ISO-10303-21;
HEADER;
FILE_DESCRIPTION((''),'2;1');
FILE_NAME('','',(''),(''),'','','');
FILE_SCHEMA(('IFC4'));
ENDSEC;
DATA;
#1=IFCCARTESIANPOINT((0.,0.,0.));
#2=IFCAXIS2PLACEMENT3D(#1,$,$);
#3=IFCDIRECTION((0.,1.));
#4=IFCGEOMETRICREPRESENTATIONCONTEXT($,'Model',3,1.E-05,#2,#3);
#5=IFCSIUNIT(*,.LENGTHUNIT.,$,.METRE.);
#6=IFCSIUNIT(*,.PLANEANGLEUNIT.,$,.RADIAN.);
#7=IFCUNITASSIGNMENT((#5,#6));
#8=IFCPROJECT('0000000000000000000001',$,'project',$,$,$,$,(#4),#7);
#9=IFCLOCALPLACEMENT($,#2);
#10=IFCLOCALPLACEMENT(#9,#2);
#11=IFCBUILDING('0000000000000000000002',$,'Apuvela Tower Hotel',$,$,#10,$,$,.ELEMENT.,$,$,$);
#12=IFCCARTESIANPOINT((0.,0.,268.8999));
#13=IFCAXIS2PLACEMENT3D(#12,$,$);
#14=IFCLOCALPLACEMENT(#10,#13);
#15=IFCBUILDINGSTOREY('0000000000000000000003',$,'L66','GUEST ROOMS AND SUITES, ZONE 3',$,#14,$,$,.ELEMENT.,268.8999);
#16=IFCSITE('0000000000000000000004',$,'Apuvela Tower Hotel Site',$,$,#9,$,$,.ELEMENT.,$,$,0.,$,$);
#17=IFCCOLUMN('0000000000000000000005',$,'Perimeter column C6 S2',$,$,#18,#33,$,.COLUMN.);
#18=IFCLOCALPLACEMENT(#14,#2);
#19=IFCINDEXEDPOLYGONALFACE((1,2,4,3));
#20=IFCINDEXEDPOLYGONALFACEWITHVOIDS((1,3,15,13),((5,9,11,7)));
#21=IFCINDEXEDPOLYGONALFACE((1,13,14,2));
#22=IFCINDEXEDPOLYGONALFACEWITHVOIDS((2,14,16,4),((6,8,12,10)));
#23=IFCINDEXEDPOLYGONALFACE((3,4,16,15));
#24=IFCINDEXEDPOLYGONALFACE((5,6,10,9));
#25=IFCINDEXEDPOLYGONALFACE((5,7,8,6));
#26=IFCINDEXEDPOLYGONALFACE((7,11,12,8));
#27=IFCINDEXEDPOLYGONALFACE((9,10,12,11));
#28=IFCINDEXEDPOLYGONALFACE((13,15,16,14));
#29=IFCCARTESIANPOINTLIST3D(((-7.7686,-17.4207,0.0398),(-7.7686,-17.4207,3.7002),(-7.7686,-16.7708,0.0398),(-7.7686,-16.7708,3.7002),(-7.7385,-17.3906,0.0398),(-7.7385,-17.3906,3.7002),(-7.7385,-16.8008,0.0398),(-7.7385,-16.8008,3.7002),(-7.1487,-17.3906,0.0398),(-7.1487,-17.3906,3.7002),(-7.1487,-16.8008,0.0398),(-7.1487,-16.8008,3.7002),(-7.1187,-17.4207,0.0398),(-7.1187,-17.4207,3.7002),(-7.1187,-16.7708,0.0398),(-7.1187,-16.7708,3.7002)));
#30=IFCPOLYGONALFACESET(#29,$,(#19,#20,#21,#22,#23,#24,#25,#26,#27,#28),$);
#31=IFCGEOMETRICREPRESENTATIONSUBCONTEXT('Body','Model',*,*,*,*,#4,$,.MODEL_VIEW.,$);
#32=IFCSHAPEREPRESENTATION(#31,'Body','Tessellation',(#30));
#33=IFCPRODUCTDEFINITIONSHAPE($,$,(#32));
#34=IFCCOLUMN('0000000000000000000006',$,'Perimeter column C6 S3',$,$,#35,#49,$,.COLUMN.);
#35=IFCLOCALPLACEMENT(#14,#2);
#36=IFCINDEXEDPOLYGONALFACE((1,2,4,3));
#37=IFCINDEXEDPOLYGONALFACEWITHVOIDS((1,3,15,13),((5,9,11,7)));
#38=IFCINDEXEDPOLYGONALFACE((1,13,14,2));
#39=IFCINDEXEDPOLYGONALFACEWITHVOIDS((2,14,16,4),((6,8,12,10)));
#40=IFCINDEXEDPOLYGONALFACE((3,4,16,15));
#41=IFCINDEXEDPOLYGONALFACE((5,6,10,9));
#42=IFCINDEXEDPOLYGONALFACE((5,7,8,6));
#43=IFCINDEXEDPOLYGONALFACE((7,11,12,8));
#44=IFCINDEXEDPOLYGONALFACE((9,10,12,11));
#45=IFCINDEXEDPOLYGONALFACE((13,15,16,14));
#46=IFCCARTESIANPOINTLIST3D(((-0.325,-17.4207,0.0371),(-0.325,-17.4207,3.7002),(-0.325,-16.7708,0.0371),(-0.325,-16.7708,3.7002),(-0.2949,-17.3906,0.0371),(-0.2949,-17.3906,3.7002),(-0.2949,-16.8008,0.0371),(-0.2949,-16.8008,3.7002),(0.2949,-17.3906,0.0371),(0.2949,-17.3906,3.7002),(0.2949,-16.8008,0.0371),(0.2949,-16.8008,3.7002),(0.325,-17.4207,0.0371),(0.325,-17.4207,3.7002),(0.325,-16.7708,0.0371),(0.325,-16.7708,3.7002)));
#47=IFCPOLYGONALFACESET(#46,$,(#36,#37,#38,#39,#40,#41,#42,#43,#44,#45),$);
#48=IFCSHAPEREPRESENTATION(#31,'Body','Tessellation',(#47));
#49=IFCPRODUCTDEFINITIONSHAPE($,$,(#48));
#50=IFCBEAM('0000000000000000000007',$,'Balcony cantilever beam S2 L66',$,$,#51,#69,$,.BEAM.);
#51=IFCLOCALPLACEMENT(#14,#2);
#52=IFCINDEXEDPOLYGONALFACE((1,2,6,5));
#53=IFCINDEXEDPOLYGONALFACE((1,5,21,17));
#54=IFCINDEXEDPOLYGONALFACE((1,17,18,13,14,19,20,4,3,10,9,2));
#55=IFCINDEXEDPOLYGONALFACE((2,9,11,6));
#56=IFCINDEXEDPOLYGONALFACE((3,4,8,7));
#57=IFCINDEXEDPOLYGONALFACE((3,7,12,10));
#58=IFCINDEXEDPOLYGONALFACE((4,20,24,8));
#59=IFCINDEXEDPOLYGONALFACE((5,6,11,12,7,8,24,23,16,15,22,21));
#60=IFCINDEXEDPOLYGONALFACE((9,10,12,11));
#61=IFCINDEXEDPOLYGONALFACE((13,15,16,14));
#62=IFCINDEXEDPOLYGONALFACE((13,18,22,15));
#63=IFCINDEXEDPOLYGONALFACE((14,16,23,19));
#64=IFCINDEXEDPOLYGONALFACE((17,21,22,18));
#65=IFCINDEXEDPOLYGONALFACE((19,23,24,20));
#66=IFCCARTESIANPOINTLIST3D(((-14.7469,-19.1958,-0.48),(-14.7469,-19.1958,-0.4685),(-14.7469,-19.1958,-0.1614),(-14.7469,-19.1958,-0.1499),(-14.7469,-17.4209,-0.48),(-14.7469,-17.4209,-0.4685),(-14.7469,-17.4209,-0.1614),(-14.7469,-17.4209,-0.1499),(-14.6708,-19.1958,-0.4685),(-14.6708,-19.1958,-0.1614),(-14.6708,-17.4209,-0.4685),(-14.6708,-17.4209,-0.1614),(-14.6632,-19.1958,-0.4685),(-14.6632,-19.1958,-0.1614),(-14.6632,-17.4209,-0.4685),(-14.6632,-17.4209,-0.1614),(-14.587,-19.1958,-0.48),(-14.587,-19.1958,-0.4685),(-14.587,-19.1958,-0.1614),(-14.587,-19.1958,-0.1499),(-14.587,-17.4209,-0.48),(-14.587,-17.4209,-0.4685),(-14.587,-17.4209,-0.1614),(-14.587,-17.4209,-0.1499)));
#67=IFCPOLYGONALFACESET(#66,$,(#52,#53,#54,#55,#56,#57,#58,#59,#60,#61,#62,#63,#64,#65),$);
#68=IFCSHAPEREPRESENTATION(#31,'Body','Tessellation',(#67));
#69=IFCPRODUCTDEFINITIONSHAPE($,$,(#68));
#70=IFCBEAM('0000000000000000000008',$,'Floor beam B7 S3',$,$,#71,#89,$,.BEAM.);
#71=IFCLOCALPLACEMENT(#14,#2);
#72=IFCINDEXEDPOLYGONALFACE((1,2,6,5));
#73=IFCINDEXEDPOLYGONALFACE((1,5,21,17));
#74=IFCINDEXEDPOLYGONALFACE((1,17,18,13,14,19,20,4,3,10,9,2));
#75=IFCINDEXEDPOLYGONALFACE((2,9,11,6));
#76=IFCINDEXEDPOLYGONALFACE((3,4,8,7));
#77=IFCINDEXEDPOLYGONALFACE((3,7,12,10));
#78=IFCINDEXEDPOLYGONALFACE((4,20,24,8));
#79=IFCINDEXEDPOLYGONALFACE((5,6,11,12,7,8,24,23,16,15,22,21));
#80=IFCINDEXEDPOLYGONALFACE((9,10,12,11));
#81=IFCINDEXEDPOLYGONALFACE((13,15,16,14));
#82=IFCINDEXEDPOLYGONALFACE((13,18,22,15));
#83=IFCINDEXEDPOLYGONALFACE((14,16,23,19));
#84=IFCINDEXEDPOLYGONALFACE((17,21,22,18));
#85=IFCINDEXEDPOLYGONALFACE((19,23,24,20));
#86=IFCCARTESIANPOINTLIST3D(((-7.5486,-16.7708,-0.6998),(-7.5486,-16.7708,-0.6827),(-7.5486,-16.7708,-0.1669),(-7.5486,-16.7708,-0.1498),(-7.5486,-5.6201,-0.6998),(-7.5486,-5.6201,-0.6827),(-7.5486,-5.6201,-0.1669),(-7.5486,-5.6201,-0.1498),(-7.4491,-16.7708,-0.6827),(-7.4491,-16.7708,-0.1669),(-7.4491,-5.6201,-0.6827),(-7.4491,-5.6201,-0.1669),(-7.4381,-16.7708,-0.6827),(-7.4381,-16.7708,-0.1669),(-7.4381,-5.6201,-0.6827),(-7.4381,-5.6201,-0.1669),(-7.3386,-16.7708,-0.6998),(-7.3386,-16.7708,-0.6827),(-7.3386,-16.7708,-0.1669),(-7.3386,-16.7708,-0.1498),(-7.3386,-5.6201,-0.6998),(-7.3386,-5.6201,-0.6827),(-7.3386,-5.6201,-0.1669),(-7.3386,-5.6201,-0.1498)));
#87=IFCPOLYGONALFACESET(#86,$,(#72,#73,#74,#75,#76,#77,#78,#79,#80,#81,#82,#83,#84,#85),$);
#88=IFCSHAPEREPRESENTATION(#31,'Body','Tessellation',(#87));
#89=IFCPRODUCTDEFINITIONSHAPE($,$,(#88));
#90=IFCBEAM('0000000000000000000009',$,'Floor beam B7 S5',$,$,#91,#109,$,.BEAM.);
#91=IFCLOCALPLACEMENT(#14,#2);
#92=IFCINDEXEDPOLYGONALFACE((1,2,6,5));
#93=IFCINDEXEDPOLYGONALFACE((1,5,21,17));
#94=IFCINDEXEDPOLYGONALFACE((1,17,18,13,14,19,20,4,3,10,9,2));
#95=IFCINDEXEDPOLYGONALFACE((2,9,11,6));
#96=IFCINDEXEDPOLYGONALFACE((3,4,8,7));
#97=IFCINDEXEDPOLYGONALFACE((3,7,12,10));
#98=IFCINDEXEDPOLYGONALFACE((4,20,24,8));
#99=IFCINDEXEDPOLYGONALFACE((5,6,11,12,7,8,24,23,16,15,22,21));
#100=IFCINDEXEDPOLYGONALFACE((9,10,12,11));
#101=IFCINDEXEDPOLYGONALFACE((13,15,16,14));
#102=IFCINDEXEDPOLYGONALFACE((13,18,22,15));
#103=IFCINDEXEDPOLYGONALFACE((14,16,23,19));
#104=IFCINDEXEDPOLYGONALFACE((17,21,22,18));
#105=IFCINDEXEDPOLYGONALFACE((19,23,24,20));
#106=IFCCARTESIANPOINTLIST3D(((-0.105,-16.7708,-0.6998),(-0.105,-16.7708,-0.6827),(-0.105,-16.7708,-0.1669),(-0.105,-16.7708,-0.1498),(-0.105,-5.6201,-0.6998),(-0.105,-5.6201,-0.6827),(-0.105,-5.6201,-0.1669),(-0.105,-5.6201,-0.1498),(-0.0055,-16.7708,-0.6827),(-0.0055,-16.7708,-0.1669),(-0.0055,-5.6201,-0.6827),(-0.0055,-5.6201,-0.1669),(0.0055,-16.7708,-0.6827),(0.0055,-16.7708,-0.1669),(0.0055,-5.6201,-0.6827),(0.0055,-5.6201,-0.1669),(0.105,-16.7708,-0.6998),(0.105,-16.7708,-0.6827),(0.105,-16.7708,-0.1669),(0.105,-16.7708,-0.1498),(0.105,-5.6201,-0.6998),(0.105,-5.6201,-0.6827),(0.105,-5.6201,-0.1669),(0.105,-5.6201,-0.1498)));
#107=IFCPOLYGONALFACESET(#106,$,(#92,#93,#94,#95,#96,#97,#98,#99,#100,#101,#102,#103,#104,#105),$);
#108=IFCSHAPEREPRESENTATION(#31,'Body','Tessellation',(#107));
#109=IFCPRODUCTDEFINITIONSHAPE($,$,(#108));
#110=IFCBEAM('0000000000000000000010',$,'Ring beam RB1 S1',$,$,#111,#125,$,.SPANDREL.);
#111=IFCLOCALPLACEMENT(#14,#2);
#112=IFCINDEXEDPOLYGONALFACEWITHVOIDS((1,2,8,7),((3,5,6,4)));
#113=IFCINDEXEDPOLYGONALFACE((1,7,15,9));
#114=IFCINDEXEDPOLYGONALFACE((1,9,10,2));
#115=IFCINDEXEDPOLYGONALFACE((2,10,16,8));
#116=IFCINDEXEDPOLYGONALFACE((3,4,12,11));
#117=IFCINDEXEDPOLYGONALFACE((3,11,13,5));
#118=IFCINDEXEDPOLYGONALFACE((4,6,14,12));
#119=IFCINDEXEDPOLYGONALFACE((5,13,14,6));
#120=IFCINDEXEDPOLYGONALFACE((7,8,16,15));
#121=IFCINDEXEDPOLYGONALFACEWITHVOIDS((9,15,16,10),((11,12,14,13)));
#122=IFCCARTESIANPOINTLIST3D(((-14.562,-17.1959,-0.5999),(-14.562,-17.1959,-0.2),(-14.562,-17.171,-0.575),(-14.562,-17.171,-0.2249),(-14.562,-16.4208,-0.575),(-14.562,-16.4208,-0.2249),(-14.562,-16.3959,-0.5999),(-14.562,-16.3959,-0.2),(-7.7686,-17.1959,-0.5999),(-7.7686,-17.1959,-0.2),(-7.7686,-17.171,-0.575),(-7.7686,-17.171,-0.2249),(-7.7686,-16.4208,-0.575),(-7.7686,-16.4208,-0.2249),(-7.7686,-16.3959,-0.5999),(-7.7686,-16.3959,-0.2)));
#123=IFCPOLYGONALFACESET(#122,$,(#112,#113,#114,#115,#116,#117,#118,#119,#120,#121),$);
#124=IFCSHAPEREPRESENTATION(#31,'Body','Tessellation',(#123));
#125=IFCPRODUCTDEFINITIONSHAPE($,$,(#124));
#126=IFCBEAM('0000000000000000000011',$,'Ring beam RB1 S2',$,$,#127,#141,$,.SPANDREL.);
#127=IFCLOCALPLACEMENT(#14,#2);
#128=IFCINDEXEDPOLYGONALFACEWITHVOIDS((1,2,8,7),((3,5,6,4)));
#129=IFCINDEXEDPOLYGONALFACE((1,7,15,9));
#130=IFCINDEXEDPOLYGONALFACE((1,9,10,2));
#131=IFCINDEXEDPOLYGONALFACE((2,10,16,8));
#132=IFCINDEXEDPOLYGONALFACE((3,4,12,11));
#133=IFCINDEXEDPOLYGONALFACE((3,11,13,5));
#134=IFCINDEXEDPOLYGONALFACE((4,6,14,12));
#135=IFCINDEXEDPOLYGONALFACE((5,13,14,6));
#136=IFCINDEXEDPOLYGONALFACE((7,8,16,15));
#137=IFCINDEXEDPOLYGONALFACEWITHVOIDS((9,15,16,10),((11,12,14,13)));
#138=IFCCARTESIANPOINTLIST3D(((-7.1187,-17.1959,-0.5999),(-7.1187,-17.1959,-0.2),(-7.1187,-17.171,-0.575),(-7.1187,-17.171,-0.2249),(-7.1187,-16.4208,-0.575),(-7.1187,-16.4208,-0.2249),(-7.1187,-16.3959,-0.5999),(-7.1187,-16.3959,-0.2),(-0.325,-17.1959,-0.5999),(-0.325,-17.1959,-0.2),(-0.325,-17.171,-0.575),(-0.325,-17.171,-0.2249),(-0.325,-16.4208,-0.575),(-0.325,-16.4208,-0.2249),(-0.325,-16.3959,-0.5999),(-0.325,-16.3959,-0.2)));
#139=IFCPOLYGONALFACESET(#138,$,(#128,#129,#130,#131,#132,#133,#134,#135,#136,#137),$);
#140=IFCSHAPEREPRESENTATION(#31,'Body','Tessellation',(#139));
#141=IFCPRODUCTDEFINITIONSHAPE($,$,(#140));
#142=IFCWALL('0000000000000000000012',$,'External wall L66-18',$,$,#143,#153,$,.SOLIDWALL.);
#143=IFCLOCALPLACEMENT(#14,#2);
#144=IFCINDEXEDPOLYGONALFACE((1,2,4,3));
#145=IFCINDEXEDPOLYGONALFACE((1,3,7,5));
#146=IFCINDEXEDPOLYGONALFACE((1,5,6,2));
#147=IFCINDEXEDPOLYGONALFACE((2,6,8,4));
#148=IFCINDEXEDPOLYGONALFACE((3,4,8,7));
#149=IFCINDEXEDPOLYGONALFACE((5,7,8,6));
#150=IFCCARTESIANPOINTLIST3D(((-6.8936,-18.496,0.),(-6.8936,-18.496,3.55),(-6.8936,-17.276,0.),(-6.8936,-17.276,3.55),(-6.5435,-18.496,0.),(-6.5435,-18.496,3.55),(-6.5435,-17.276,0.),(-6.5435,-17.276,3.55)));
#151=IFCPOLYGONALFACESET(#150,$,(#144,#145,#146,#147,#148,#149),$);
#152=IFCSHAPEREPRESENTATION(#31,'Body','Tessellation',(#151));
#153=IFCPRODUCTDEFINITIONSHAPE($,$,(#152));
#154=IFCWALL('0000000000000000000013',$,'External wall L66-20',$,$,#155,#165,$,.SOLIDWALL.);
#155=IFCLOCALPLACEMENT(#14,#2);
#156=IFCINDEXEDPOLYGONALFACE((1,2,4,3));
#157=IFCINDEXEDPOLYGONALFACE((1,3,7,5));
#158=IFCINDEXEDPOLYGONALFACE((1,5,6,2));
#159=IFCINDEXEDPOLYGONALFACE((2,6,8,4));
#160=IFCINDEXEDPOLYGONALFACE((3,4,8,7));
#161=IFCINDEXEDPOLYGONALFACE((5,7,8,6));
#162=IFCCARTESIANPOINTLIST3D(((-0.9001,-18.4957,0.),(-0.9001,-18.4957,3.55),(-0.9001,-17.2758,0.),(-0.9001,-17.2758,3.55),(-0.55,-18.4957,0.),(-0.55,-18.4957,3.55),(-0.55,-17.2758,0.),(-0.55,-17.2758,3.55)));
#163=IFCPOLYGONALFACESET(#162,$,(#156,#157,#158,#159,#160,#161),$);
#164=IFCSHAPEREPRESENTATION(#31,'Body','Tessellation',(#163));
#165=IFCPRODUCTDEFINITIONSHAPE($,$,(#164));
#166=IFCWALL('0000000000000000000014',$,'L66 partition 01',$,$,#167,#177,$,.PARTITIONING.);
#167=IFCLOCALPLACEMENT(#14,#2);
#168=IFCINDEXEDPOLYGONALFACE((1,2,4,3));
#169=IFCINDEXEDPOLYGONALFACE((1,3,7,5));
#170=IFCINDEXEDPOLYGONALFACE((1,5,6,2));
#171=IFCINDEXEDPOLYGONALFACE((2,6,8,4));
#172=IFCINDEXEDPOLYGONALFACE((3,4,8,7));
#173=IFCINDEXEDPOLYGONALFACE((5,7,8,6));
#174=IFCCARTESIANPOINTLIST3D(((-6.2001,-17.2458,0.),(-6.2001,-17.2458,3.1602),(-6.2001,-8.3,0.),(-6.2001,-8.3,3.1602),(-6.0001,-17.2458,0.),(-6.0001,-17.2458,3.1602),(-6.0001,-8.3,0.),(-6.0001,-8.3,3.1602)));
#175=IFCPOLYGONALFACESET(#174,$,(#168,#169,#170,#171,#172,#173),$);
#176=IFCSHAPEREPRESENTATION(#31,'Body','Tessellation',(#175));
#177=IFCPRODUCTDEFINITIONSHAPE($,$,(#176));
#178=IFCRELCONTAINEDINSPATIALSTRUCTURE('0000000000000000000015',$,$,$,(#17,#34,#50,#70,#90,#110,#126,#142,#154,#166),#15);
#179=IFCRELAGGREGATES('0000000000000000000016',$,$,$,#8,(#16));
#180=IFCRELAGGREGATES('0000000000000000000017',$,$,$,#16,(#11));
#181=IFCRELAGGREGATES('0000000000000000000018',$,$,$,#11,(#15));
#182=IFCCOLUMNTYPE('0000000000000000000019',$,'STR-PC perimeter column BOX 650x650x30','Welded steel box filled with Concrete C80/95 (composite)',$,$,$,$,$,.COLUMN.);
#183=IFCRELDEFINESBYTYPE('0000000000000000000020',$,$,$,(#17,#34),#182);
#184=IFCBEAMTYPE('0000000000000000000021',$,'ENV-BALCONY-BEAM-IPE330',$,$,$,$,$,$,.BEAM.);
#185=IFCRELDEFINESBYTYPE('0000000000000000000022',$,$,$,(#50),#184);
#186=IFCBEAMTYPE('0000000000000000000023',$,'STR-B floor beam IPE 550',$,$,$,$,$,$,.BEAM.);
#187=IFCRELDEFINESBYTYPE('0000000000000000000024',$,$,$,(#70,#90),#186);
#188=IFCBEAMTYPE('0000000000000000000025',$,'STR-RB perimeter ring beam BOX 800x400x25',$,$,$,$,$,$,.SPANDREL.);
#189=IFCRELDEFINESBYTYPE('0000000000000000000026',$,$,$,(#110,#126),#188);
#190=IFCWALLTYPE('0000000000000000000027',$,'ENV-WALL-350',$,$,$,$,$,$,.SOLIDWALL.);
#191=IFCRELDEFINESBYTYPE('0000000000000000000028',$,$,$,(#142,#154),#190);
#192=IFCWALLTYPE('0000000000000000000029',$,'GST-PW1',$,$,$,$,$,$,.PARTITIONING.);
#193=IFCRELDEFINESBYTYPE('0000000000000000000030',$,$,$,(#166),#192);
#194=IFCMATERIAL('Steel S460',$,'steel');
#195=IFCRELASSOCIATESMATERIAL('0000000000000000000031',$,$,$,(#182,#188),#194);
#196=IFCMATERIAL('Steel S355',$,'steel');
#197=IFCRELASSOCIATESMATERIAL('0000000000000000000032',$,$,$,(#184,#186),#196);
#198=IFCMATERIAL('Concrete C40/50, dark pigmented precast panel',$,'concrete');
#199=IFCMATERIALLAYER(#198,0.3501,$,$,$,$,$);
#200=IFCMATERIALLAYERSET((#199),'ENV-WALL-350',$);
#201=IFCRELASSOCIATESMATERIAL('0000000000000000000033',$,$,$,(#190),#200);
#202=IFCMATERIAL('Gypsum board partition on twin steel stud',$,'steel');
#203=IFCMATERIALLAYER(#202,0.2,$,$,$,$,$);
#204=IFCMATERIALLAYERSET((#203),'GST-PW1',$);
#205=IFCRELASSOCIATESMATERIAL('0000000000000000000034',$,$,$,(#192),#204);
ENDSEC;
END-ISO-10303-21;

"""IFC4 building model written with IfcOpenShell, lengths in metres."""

from ifc_helpers import new_model, si_unit, direction, frame, frame_2d, origin, origin_2d, place, context, subcontext, project, spatial, rectangle, hollow_rectangle, i_section, extrude, boolean, halfspace, material, layer, layer_set, material_profile, profile_set, type_object, element, save


model = new_model("IFC4")

# Units and contexts
model_context = context("Model", 3, precision=1e-05, world=origin(), true_north=direction((0.0, 1.0)))
body_context = subcontext(model_context, "Body", "Model", "MODEL_VIEW")
ifc_project = project(units=[si_unit("LENGTHUNIT", "METRE"), si_unit("PLANEANGLEUNIT", "RADIAN")], contexts=[model_context])

# Site, building, storey
site_placement = place(None, origin())
site = spatial("IfcSite", under=ifc_project, at=site_placement, Name="Apuvela Tower Hotel Site", CompositionType="ELEMENT", RefElevation=0.0)
building_placement = place(site_placement, origin())
building = spatial("IfcBuilding", under=site, at=building_placement, Name="Apuvela Tower Hotel", CompositionType="ELEMENT")
storey_placement = place(building_placement, frame((0.0, 0.0, 268.8999)))
storey = spatial("IfcBuildingStorey", under=building, at=storey_placement, Name="L66", Description="GUEST ROOMS AND SUITES, ZONE 3", CompositionType="ELEMENT", Elevation=268.8999)

# Columns
ifc_material_1 = material(Name="Steel S460", Category="steel")
ifc_material_profile_1 = material_profile(ifc_material_1, hollow_rectangle(XDim=0.6499, YDim=0.6499, WallThickness=0.03, at=origin_2d()), Name="BOX 650x650x30")
ifc_material_2 = material(Name="Concrete C80/95", Category="concrete")
ifc_material_profile_2 = material_profile(ifc_material_2, rectangle(XDim=0.5901, YDim=0.5901, at=origin_2d()), Name="Concrete C80/95 infill")
ifc_profile_set_1 = profile_set([ifc_material_profile_1, ifc_material_profile_2], Name="Steel S460")
column_type = type_object("IfcColumnType", Name="STR-PC perimeter column BOX 650x650x30", Description="Welded steel box filled with Concrete C80/95 (composite)", PredefinedType="COLUMN", material=ifc_profile_set_1)
column_1_placement = place(storey_placement, frame((-7.4436, -17.0957, 0.0), z_axis=(0.0, 0.0, 1.0), x_axis=(-1.0, 0.0, 0.0)))
element("IfcColumn", 1, at=column_1_placement, inside=storey, type_object=column_type, Name="Perimeter column C6 S2", PredefinedType="COLUMN", context=body_context, shape_type="SweptSolid", body=[
    boolean("DIFFERENCE", extrude(hollow_rectangle(XDim=0.6499, YDim=0.6499, WallThickness=0.03, at=origin_2d()), origin(), (0.0, 0.0, 1.0), 3.7002), halfspace(frame((0.0, 0.0, 0.0398), z_axis=(0.0, 0.0, 1.0), x_axis=(1.0, 0.0, 0.0)), True)),
])
column_2_placement = place(storey_placement, frame((0.0, -17.0957, 0.0), z_axis=(0.0, 0.0, 1.0), x_axis=(-1.0, 0.0, 0.0)))
element("IfcColumn", 2, at=column_2_placement, inside=storey, type_object=column_type, Name="Perimeter column C6 S3", PredefinedType="COLUMN", context=body_context, shape_type="SweptSolid", body=[
    boolean("DIFFERENCE", extrude(hollow_rectangle(XDim=0.6499, YDim=0.6499, WallThickness=0.03, at=origin_2d()), origin(), (0.0, 0.0, 1.0), 3.7002), halfspace(frame((0.0, 0.0, 0.0371), z_axis=(0.0, 0.0, 1.0), x_axis=(1.0, 0.0, 0.0)), True)),
])

# Beams
ifc_material_3 = material(Name="Steel S355", Category="steel")
ifc_material_profile_3 = material_profile(ifc_material_3, i_section(OverallWidth=0.1599, OverallDepth=0.3301, WebThickness=0.0076, FlangeThickness=0.0115, at=origin_2d()), Name="IPE 330")
ifc_profile_set_2 = profile_set([ifc_material_profile_3], Name="Steel S355")
beam_type_1 = type_object("IfcBeamType", Name="ENV-BALCONY-BEAM-IPE330", PredefinedType="BEAM", material=ifc_profile_set_2)
beam_1_placement = place(storey_placement, frame((-14.667, -17.4209, -0.3149), z_axis=(0.0, -1.0, 0.0), x_axis=(1.0, 0.0, 0.0)))
element("IfcBeam", 3, at=beam_1_placement, inside=storey, type_object=beam_type_1, Name="Balcony cantilever beam S2 L66", PredefinedType="BEAM", context=body_context, shape_type="SweptSolid", body=[
    extrude(i_section(OverallWidth=0.1599, OverallDepth=0.3301, WebThickness=0.0076, FlangeThickness=0.0115, at=origin_2d()), origin(), (0.0, 0.0, 1.0), 1.7749),
])
ifc_material_profile_4 = material_profile(ifc_material_3, i_section(OverallWidth=0.21, OverallDepth=0.55, WebThickness=0.011, FlangeThickness=0.0171, at=origin_2d()), Name="IPE 550")
ifc_profile_set_3 = profile_set([ifc_material_profile_4], Name="Steel S355")
beam_type_2 = type_object("IfcBeamType", Name="STR-B floor beam IPE 550", PredefinedType="BEAM", material=ifc_profile_set_3)
for number, where, z_axis, x_axis, name in (
    (4, (-7.4436, -16.7708, -0.4248), (0.0, 1.0, 0.0), (-1.0, 0.0, 0.0), "Floor beam B7 S3"),
    (5, (0.0, -16.7708, -0.4248), (0.0, 1.0, 0.0), (-1.0, 0.0, 0.0), "Floor beam B7 S5"),
):
    element("IfcBeam", number, at=place(storey_placement, frame(where, z_axis=z_axis, x_axis=x_axis)), inside=storey, type_object=beam_type_2, Name=name, PredefinedType="BEAM", context=body_context, shape_type="SweptSolid", body=[
        extrude(i_section(OverallWidth=0.21, OverallDepth=0.55, WebThickness=0.011, FlangeThickness=0.0171, at=origin_2d()), origin(), (0.0, 0.0, 1.0), 11.1506),
    ])
ifc_material_profile_5 = material_profile(ifc_material_1, hollow_rectangle(XDim=0.8, YDim=0.3999, WallThickness=0.0249, at=origin_2d()), Name="BOX 800x400x25")
ifc_profile_set_4 = profile_set([ifc_material_profile_5], Name="Steel S460")
beam_type_3 = type_object("IfcBeamType", Name="STR-RB perimeter ring beam BOX 800x400x25", PredefinedType="SPANDREL", material=ifc_profile_set_4)
beam_2_placement = place(storey_placement, frame((-14.562, -16.7959, -0.3999), z_axis=(1.0, 0.0, 0.0), x_axis=(0.0, 1.0, 0.0)))
element("IfcBeam", 6, at=beam_2_placement, inside=storey, type_object=beam_type_3, Name="Ring beam RB1 S1", PredefinedType="SPANDREL", context=body_context, shape_type="SweptSolid", body=[
    extrude(hollow_rectangle(XDim=0.8, YDim=0.3999, WallThickness=0.0249, at=origin_2d()), origin(), (0.0, 0.0, 1.0), 6.7935),
])
beam_3_placement = place(storey_placement, frame((-7.1187, -16.7959, -0.3999), z_axis=(1.0, 0.0, 0.0), x_axis=(0.0, 1.0, 0.0)))
element("IfcBeam", 7, at=beam_3_placement, inside=storey, type_object=beam_type_3, Name="Ring beam RB1 S2", PredefinedType="SPANDREL", context=body_context, shape_type="SweptSolid", body=[
    extrude(hollow_rectangle(XDim=0.8, YDim=0.3999, WallThickness=0.0249, at=origin_2d()), origin(), (0.0, 0.0, 1.0), 6.7937),
])

# Wall
ifc_material_4 = material(Name="Concrete C40/50, dark pigmented precast panel", Category="concrete")
ifc_layer_1 = layer(ifc_material_4, 0.3501)
ifc_layer_set_1 = layer_set([ifc_layer_1], Name="ENV-WALL-350")
wall_type_1 = type_object("IfcWallType", Name="ENV-WALL-350", PredefinedType="SOLIDWALL", material=ifc_layer_set_1)
wall_1_placement = place(storey_placement, frame((-6.7185, -18.4958, 0.0), z_axis=(0.0, 0.0, 1.0), x_axis=(0.0, 1.0, 0.0)))
element("IfcWall", 8, at=wall_1_placement, inside=storey, type_object=wall_type_1, Name="External wall L66-18", PredefinedType="SOLIDWALL", context=body_context, shape_type="SweptSolid", body=[
    extrude(rectangle(XDim=1.22, YDim=0.3501, at=frame_2d((0.6099, 0.0))), origin(), (0.0, 0.0, 1.0), 3.55),
])

# Wall
wall_2_placement = place(storey_placement, frame((-0.7251, -17.2759, 0.0), z_axis=(0.0, 0.0, 1.0), x_axis=(0.0, -1.0, 0.0)))
element("IfcWall", 9, at=wall_2_placement, inside=storey, type_object=wall_type_1, Name="External wall L66-20", PredefinedType="SOLIDWALL", context=body_context, shape_type="SweptSolid", body=[
    extrude(rectangle(XDim=1.22, YDim=0.3501, at=frame_2d((0.6099, 0.0))), origin(), (0.0, 0.0, 1.0), 3.55),
])

# Wall
ifc_material_5 = material(Name="Gypsum board partition on twin steel stud", Category="steel")
ifc_layer_2 = layer(ifc_material_5, 0.2)
ifc_layer_set_2 = layer_set([ifc_layer_2], Name="GST-PW1")
wall_type_2 = type_object("IfcWallType", Name="GST-PW1", PredefinedType="PARTITIONING", material=ifc_layer_set_2)
wall_3_placement = place(storey_placement, frame((-6.1001, -17.2458, 0.0), z_axis=(0.0, 0.0, 1.0), x_axis=(0.0, 1.0, 0.0)))
element("IfcWall", 10, at=wall_3_placement, inside=storey, type_object=wall_type_2, Name="L66 partition 01", PredefinedType="PARTITIONING", context=body_context, shape_type="SweptSolid", body=[
    extrude(rectangle(XDim=8.9458, YDim=0.2, at=frame_2d((4.4729, 0.0))), origin(), (0.0, 0.0, 1.0), 3.1602),
])

save(model, "model.ifc")
